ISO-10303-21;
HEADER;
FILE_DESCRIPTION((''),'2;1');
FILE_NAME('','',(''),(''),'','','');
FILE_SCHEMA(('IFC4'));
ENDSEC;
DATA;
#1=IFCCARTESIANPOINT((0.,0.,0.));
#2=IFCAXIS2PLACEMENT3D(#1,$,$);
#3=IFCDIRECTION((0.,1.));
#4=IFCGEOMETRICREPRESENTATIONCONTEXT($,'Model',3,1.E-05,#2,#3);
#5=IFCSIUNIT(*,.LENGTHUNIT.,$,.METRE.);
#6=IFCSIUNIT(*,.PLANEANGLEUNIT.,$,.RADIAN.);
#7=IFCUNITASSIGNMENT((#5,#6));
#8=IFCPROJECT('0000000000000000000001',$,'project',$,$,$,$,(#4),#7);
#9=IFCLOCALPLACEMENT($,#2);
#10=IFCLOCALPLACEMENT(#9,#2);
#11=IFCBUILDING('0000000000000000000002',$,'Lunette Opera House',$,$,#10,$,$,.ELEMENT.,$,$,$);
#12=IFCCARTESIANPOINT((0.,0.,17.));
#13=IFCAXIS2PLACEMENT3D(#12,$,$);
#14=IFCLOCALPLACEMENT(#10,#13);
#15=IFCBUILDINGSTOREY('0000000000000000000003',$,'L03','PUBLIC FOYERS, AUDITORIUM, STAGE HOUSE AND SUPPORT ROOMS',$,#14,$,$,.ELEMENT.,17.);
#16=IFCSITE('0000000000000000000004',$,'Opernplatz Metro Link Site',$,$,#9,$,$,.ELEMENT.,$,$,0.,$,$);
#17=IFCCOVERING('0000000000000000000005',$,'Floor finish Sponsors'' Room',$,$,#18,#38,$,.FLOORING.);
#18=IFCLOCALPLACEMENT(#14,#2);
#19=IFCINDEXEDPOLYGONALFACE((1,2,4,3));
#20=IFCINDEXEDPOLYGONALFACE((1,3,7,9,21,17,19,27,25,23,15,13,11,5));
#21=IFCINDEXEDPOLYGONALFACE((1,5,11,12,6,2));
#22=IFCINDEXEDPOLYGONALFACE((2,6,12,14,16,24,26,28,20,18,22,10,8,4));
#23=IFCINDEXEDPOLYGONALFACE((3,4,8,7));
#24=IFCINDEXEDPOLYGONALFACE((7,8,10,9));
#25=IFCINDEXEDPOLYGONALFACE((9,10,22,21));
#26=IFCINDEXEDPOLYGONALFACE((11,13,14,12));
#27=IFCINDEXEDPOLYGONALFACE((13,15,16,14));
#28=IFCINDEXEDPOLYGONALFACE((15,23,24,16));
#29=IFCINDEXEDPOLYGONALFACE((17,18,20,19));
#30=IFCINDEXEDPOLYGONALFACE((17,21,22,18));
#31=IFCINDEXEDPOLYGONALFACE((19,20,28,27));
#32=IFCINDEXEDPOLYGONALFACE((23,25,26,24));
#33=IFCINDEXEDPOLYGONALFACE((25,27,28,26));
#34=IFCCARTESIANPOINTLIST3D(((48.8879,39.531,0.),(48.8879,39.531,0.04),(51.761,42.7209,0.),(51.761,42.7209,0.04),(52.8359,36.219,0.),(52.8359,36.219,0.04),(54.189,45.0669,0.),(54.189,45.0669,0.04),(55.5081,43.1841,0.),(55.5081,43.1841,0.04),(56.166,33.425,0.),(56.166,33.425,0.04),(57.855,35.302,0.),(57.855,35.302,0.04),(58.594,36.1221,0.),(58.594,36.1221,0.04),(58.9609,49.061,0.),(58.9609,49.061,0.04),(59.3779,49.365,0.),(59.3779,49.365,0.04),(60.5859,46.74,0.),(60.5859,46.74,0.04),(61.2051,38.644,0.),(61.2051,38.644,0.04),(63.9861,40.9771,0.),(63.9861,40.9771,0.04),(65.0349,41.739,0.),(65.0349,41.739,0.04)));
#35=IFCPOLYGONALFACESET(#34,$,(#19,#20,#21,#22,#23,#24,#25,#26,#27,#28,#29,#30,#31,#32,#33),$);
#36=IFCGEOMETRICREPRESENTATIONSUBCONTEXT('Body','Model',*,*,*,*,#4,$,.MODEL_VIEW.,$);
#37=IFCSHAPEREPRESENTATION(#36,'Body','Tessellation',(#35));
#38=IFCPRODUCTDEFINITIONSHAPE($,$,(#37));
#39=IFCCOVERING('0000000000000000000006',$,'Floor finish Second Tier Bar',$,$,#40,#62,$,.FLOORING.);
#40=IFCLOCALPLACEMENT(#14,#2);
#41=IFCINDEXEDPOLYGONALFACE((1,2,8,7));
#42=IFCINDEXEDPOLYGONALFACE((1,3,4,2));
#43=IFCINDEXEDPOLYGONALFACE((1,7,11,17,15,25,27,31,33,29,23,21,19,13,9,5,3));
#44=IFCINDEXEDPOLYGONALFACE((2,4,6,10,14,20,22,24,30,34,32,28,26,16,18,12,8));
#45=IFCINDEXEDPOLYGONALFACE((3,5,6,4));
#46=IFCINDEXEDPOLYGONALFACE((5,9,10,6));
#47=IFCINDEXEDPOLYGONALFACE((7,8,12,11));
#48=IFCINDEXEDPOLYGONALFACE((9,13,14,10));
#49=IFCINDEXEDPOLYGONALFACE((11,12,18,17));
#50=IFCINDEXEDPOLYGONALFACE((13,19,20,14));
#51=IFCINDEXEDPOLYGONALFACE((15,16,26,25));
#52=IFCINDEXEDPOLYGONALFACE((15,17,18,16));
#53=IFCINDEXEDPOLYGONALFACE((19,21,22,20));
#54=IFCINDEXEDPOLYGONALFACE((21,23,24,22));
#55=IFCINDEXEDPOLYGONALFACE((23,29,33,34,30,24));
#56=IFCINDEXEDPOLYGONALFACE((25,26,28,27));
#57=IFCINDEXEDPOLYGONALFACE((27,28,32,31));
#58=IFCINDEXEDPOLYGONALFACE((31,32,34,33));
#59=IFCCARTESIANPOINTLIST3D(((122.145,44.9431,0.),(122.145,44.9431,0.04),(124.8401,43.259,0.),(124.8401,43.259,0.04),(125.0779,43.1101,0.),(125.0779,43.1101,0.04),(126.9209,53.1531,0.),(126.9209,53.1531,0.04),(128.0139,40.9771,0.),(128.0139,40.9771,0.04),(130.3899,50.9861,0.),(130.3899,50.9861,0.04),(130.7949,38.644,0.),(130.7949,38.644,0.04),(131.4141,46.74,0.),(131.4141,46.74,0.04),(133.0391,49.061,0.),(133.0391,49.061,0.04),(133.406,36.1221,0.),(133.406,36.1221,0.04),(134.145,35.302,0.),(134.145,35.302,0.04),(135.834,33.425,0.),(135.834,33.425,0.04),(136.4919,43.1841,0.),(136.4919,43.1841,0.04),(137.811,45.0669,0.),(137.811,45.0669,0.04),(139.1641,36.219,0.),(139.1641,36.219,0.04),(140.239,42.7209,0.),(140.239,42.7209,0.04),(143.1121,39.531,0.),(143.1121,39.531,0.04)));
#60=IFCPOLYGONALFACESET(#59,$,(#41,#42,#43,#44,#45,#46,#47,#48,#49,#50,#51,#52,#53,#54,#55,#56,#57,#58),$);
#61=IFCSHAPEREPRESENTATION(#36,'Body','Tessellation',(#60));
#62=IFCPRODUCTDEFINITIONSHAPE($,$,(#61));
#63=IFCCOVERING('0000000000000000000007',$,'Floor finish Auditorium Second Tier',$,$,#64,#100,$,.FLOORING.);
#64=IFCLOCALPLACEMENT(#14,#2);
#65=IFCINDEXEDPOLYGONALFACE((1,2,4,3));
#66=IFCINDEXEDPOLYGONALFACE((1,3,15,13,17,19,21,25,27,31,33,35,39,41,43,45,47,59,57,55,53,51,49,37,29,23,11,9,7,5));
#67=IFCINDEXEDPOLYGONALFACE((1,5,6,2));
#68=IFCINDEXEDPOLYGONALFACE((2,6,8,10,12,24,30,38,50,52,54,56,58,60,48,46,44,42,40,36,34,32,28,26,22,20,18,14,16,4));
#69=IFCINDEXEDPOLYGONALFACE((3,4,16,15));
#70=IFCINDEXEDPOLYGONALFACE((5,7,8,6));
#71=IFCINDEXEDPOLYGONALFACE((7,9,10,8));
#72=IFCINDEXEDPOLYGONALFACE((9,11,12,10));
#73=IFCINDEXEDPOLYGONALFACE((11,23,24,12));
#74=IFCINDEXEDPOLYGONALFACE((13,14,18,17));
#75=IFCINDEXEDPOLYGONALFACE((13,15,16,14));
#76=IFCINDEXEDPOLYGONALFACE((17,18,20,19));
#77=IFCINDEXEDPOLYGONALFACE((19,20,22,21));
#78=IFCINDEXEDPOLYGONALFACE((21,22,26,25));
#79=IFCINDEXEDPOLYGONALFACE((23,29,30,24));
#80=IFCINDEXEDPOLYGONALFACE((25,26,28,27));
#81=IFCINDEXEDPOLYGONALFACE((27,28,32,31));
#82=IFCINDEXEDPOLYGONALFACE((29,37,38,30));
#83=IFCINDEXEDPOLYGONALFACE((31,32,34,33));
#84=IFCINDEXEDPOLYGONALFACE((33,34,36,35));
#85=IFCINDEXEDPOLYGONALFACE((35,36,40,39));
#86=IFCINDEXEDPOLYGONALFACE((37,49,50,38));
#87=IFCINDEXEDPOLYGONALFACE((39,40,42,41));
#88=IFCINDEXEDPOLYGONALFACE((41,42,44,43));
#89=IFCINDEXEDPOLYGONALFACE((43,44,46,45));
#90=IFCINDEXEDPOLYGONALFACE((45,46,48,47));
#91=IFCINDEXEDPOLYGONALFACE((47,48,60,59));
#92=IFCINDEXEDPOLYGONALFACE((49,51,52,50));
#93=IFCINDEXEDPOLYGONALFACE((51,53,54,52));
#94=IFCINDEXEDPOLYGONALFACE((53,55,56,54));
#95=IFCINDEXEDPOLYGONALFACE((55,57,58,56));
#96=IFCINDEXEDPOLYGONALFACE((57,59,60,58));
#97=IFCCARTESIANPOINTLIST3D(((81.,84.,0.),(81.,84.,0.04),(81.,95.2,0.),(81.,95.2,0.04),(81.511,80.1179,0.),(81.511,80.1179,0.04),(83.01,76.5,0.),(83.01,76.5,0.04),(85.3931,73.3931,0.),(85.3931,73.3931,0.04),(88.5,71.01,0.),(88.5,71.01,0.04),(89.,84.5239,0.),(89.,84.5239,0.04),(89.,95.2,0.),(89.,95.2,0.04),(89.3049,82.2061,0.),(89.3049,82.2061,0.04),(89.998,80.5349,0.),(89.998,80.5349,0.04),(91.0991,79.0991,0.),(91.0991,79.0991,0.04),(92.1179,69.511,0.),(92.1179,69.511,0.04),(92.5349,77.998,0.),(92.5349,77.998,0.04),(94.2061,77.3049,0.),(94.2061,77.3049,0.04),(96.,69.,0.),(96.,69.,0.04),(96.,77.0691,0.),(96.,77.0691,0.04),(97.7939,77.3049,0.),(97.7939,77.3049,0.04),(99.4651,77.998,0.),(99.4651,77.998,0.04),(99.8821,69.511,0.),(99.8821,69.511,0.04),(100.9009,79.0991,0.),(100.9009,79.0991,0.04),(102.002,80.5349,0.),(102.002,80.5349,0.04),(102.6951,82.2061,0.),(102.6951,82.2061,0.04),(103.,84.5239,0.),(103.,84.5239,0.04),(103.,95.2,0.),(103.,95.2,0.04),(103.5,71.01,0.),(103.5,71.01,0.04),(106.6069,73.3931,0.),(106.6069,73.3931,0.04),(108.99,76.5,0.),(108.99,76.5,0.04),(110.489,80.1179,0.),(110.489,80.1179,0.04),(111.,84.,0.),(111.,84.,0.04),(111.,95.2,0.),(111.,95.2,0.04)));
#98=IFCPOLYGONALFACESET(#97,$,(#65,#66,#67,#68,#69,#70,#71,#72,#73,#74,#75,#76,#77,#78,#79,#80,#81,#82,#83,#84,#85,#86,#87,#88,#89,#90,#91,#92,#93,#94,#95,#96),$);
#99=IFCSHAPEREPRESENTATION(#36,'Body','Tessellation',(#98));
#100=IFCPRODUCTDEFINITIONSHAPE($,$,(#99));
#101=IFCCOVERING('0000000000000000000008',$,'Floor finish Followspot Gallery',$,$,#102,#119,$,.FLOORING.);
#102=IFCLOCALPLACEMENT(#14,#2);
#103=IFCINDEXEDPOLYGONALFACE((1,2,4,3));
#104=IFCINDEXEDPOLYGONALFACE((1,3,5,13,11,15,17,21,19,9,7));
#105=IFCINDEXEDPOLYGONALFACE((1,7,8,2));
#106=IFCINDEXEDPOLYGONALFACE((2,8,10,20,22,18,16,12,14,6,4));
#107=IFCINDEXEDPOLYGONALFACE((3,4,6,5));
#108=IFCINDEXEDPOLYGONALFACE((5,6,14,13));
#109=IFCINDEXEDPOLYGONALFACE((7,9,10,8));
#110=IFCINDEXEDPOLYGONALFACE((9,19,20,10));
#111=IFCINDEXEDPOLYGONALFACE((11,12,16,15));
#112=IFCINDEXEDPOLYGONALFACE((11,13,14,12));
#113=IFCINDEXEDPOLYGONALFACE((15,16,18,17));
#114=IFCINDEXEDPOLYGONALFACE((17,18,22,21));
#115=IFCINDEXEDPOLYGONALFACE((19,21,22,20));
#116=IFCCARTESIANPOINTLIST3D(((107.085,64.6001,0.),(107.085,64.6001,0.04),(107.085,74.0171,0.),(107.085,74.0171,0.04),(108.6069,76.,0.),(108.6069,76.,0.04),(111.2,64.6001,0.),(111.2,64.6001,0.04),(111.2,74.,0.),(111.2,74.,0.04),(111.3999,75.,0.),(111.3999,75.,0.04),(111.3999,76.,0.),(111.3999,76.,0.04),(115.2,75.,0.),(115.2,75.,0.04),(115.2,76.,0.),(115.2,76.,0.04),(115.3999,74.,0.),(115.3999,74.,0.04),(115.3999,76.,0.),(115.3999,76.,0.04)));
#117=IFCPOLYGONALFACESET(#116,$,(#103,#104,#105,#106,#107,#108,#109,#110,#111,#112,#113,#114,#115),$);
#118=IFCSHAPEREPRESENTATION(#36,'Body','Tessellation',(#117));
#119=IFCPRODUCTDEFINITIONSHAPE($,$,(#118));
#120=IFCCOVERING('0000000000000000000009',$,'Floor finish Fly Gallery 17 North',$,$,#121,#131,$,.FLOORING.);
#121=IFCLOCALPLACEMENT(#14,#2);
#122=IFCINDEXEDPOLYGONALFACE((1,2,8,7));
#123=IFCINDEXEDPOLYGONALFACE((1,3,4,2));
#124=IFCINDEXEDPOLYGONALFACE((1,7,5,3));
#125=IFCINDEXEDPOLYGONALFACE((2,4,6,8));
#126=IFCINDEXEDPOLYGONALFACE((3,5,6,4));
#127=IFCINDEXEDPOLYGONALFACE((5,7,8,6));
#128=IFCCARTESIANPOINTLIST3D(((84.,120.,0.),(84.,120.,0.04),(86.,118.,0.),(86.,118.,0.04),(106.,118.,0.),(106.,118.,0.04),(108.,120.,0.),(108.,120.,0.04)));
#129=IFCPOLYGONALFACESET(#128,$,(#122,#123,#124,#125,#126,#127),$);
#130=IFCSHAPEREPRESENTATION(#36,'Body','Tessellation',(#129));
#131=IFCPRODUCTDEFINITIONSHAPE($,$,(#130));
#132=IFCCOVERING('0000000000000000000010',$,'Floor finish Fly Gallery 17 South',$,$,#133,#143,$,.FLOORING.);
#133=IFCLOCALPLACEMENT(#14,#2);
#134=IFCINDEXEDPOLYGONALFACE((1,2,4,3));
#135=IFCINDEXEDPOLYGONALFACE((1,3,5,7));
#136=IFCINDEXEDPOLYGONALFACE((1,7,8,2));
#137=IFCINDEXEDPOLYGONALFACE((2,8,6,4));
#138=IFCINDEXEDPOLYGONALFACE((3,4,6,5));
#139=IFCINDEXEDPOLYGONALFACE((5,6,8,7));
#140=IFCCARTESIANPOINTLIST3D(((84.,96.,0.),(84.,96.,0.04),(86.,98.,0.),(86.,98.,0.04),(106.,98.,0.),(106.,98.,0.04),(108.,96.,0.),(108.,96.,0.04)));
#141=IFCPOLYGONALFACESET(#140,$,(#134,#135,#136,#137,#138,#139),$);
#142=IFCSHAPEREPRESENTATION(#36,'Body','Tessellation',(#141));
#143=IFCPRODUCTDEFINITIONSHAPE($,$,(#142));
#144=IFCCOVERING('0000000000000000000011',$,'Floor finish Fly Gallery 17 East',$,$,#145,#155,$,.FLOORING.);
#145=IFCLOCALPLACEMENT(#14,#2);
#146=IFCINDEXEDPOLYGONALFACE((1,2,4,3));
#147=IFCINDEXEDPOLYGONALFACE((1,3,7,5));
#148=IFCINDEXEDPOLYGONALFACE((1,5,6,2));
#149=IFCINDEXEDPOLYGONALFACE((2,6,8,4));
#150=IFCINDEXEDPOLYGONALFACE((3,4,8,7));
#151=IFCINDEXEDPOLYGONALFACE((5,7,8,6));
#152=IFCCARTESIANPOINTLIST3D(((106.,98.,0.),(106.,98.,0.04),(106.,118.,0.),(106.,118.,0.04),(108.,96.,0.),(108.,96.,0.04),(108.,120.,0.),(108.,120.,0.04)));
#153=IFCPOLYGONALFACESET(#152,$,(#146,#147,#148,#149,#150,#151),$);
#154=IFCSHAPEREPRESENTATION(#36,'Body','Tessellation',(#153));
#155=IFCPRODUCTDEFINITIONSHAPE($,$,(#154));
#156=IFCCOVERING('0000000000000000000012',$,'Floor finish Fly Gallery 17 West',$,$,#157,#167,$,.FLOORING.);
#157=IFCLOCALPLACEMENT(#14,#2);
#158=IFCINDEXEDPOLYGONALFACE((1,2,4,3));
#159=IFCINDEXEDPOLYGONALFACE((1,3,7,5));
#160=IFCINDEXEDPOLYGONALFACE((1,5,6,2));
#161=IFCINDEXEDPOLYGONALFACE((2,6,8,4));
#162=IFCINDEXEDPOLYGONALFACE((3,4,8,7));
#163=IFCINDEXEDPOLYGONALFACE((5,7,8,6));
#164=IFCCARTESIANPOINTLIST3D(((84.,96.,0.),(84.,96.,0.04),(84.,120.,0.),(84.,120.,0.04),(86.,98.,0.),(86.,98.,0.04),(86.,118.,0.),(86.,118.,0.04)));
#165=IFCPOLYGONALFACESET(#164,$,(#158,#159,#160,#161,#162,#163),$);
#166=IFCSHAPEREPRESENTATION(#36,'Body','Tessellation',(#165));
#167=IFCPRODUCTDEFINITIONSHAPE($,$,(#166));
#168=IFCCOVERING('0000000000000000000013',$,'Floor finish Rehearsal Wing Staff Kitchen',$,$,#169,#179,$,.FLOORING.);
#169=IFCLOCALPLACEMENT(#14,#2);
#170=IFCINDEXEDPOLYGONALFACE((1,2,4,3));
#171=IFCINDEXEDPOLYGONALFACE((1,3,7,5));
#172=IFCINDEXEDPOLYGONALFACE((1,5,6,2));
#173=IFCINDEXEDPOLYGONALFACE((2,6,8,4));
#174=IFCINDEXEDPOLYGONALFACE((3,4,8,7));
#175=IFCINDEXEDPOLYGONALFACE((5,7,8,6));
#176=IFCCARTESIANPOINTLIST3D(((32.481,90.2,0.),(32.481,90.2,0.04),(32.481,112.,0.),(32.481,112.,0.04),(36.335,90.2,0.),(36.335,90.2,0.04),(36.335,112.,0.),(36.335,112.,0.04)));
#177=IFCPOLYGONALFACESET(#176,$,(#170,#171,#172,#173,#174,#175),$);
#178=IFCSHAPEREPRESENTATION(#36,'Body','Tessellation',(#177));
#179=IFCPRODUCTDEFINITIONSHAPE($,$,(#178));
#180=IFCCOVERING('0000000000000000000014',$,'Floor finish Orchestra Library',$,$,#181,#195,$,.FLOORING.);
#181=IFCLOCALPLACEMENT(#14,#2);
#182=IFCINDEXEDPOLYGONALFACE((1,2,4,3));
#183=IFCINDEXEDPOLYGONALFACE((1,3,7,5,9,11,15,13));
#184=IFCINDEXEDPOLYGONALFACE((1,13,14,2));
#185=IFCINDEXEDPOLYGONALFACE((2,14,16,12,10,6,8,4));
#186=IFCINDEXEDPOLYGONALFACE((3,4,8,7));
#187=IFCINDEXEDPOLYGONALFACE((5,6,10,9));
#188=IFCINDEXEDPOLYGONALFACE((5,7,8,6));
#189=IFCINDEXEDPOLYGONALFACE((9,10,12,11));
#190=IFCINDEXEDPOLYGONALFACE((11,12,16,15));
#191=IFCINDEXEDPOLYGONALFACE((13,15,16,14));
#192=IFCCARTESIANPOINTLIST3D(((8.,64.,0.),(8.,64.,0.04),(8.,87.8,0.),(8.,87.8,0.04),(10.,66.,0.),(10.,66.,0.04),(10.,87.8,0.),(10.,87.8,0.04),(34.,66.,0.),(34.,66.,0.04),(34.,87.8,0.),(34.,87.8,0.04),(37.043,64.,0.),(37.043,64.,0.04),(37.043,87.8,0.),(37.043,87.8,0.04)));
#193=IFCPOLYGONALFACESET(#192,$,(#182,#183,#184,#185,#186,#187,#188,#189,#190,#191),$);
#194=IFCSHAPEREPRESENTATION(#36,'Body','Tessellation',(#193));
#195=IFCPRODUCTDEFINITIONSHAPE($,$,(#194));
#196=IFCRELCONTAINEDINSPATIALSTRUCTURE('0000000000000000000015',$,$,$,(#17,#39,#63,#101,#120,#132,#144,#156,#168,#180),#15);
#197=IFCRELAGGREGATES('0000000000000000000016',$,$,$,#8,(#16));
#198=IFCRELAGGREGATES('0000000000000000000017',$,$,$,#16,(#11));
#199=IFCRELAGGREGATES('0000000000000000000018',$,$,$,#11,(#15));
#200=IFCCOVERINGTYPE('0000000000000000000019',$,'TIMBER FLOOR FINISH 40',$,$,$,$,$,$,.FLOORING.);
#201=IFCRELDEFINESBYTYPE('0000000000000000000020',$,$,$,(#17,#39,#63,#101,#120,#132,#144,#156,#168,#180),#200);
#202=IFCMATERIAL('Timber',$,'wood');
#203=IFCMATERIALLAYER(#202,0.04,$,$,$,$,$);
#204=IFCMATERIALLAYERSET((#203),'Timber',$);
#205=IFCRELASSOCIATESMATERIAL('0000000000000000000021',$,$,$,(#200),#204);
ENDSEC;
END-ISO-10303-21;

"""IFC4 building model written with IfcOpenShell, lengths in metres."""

from ifc_helpers import new_model, si_unit, direction, frame, origin, place, context, subcontext, project, spatial, polyline, outline, extrude, material, layer, layer_set, type_object, element, save


model = new_model("IFC4")

# Units and contexts
model_context = context("Model", 3, precision=1e-05, world=origin(), true_north=direction((0.0, 1.0)))
body_context = subcontext(model_context, "Body", "Model", "MODEL_VIEW")
ifc_project = project(units=[si_unit("LENGTHUNIT", "METRE"), si_unit("PLANEANGLEUNIT", "RADIAN")], contexts=[model_context])

# Site, building, storey
site_placement = place(None, origin())
site = spatial("IfcSite", under=ifc_project, at=site_placement, Name="Opernplatz Metro Link Site", CompositionType="ELEMENT", RefElevation=0.0)
building_placement = place(site_placement, origin())
building = spatial("IfcBuilding", under=site, at=building_placement, Name="Lunette Opera House", CompositionType="ELEMENT")
storey_placement = place(building_placement, frame((0.0, 0.0, 17.0)))
storey = spatial("IfcBuildingStorey", under=building, at=storey_placement, Name="L03", Description="PUBLIC FOYERS, AUDITORIUM, STAGE HOUSE AND SUPPORT ROOMS", CompositionType="ELEMENT", Elevation=17.0)

# Coverings
ifc_material_1 = material(Name="Timber", Category="wood")
ifc_layer_1 = layer(ifc_material_1, 0.04)
ifc_layer_set_1 = layer_set([ifc_layer_1], Name="Timber")
covering_type_1 = type_object("IfcCoveringType", Name="TIMBER FLOOR FINISH 40", PredefinedType="FLOORING", material=ifc_layer_set_1)
covering_1_placement = place(storey_placement, origin())
element("IfcCovering", 1, at=covering_1_placement, inside=storey, type_object=covering_type_1, Name="Floor finish Sponsors' Room", PredefinedType="FLOORING", context=body_context, shape_type="SweptSolid", body=[
    extrude(outline(polyline([(61.2051, 38.644), (58.594, 36.1221), (57.855, 35.302), (56.166, 33.425), (52.8359, 36.219), (48.8879, 39.531), (51.761, 42.7209), (54.189, 45.0669), (55.5081, 43.1841), (60.5859, 46.74), (58.9609, 49.061), (59.3779, 49.365), (65.0349, 41.739), (63.9861, 40.9771), (61.2051, 38.644)])), origin(), (0.0, 0.0, 1.0), 0.04),
])
covering_2_placement = place(storey_placement, origin())
element("IfcCovering", 2, at=covering_2_placement, inside=storey, type_object=covering_type_1, Name="Floor finish Second Tier Bar", PredefinedType="FLOORING", context=body_context, shape_type="SweptSolid", body=[
    extrude(outline(polyline([(133.406, 36.1221), (130.7949, 38.644), (128.0139, 40.9771), (125.0779, 43.1101), (124.8401, 43.259), (122.145, 44.9431), (126.9209, 53.1531), (130.3899, 50.9861), (133.0391, 49.061), (131.4141, 46.74), (136.4919, 43.1841), (137.811, 45.0669), (140.239, 42.7209), (143.1121, 39.531), (139.1641, 36.219), (135.834, 33.425), (134.145, 35.302), (133.406, 36.1221)])), origin(), (0.0, 0.0, 1.0), 0.04),
])
covering_3_placement = place(storey_placement, origin())
element("IfcCovering", 3, at=covering_3_placement, inside=storey, type_object=covering_type_1, Name="Floor finish Auditorium Second Tier", PredefinedType="FLOORING", context=body_context, shape_type="SweptSolid", body=[
    extrude(outline(polyline([(111.0, 84.0), (110.489, 80.1179), (108.99, 76.5), (106.6069, 73.3931), (103.5, 71.01), (99.8821, 69.511), (96.0, 69.0), (92.1179, 69.511), (88.5, 71.01), (85.3931, 73.3931), (83.01, 76.5), (81.511, 80.1179), (81.0, 84.0), (81.0, 95.2), (89.0, 95.2), (89.0, 84.5239), (89.3049, 82.2061), (89.998, 80.5349), (91.0991, 79.0991), (92.5349, 77.998), (94.2061, 77.3049), (96.0, 77.0691), (97.7939, 77.3049), (99.4651, 77.998), (100.9009, 79.0991), (102.002, 80.5349), (102.6951, 82.2061), (103.0, 84.5239), (103.0, 95.2), (111.0, 95.2), (111.0, 84.0)])), origin(), (0.0, 0.0, 1.0), 0.04),
])
covering_4_placement = place(storey_placement, origin())
element("IfcCovering", 4, at=covering_4_placement, inside=storey, type_object=covering_type_1, Name="Floor finish Followspot Gallery", PredefinedType="FLOORING", context=body_context, shape_type="SweptSolid", body=[
    extrude(outline(polyline([(107.085, 64.6001), (107.085, 74.0171), (108.6069, 76.0), (111.3999, 76.0), (111.3999, 75.0), (115.2, 75.0), (115.2, 76.0), (115.3999, 76.0), (115.3999, 74.0), (111.2, 74.0), (111.2, 64.6001), (107.085, 64.6001)])), origin(), (0.0, 0.0, 1.0), 0.04),
])
covering_5_placement = place(storey_placement, origin())
element("IfcCovering", 5, at=covering_5_placement, inside=storey, type_object=covering_type_1, Name="Floor finish Fly Gallery 17 North", PredefinedType="FLOORING", context=body_context, shape_type="SweptSolid", body=[
    extrude(outline(polyline([(106.0, 118.0), (86.0, 118.0), (84.0, 120.0), (108.0, 120.0), (106.0, 118.0)])), origin(), (0.0, 0.0, 1.0), 0.04),
])
covering_6_placement = place(storey_placement, origin())
element("IfcCovering", 6, at=covering_6_placement, inside=storey, type_object=covering_type_1, Name="Floor finish Fly Gallery 17 South", PredefinedType="FLOORING", context=body_context, shape_type="SweptSolid", body=[
    extrude(outline(polyline([(86.0, 98.0), (106.0, 98.0), (108.0, 96.0), (84.0, 96.0), (86.0, 98.0)])), origin(), (0.0, 0.0, 1.0), 0.04),
])
covering_7_placement = place(storey_placement, origin())
element("IfcCovering", 7, at=covering_7_placement, inside=storey, type_object=covering_type_1, Name="Floor finish Fly Gallery 17 East", PredefinedType="FLOORING", context=body_context, shape_type="SweptSolid", body=[
    extrude(outline(polyline([(106.0, 98.0), (106.0, 118.0), (108.0, 120.0), (108.0, 96.0), (106.0, 98.0)])), origin(), (0.0, 0.0, 1.0), 0.04),
])
covering_8_placement = place(storey_placement, origin())
element("IfcCovering", 8, at=covering_8_placement, inside=storey, type_object=covering_type_1, Name="Floor finish Fly Gallery 17 West", PredefinedType="FLOORING", context=body_context, shape_type="SweptSolid", body=[
    extrude(outline(polyline([(86.0, 118.0), (86.0, 98.0), (84.0, 96.0), (84.0, 120.0), (86.0, 118.0)])), origin(), (0.0, 0.0, 1.0), 0.04),
])
covering_9_placement = place(storey_placement, origin())
element("IfcCovering", 9, at=covering_9_placement, inside=storey, type_object=covering_type_1, Name="Floor finish Rehearsal Wing Staff Kitchen", PredefinedType="FLOORING", context=body_context, shape_type="SweptSolid", body=[
    extrude(outline(polyline([(32.481, 90.2), (32.481, 112.0), (36.335, 112.0), (36.335, 90.2), (32.481, 90.2)])), origin(), (0.0, 0.0, 1.0), 0.04),
])
covering_10_placement = place(storey_placement, origin())
element("IfcCovering", 10, at=covering_10_placement, inside=storey, type_object=covering_type_1, Name="Floor finish Orchestra Library", PredefinedType="FLOORING", context=body_context, shape_type="SweptSolid", body=[
    extrude(outline(polyline([(8.0, 87.8), (10.0, 87.8), (10.0, 66.0), (34.0, 66.0), (34.0, 87.8), (37.043, 87.8), (37.043, 64.0), (8.0, 64.0), (8.0, 87.8)])), origin(), (0.0, 0.0, 1.0), 0.04),
])

save(model, "model.ifc")
